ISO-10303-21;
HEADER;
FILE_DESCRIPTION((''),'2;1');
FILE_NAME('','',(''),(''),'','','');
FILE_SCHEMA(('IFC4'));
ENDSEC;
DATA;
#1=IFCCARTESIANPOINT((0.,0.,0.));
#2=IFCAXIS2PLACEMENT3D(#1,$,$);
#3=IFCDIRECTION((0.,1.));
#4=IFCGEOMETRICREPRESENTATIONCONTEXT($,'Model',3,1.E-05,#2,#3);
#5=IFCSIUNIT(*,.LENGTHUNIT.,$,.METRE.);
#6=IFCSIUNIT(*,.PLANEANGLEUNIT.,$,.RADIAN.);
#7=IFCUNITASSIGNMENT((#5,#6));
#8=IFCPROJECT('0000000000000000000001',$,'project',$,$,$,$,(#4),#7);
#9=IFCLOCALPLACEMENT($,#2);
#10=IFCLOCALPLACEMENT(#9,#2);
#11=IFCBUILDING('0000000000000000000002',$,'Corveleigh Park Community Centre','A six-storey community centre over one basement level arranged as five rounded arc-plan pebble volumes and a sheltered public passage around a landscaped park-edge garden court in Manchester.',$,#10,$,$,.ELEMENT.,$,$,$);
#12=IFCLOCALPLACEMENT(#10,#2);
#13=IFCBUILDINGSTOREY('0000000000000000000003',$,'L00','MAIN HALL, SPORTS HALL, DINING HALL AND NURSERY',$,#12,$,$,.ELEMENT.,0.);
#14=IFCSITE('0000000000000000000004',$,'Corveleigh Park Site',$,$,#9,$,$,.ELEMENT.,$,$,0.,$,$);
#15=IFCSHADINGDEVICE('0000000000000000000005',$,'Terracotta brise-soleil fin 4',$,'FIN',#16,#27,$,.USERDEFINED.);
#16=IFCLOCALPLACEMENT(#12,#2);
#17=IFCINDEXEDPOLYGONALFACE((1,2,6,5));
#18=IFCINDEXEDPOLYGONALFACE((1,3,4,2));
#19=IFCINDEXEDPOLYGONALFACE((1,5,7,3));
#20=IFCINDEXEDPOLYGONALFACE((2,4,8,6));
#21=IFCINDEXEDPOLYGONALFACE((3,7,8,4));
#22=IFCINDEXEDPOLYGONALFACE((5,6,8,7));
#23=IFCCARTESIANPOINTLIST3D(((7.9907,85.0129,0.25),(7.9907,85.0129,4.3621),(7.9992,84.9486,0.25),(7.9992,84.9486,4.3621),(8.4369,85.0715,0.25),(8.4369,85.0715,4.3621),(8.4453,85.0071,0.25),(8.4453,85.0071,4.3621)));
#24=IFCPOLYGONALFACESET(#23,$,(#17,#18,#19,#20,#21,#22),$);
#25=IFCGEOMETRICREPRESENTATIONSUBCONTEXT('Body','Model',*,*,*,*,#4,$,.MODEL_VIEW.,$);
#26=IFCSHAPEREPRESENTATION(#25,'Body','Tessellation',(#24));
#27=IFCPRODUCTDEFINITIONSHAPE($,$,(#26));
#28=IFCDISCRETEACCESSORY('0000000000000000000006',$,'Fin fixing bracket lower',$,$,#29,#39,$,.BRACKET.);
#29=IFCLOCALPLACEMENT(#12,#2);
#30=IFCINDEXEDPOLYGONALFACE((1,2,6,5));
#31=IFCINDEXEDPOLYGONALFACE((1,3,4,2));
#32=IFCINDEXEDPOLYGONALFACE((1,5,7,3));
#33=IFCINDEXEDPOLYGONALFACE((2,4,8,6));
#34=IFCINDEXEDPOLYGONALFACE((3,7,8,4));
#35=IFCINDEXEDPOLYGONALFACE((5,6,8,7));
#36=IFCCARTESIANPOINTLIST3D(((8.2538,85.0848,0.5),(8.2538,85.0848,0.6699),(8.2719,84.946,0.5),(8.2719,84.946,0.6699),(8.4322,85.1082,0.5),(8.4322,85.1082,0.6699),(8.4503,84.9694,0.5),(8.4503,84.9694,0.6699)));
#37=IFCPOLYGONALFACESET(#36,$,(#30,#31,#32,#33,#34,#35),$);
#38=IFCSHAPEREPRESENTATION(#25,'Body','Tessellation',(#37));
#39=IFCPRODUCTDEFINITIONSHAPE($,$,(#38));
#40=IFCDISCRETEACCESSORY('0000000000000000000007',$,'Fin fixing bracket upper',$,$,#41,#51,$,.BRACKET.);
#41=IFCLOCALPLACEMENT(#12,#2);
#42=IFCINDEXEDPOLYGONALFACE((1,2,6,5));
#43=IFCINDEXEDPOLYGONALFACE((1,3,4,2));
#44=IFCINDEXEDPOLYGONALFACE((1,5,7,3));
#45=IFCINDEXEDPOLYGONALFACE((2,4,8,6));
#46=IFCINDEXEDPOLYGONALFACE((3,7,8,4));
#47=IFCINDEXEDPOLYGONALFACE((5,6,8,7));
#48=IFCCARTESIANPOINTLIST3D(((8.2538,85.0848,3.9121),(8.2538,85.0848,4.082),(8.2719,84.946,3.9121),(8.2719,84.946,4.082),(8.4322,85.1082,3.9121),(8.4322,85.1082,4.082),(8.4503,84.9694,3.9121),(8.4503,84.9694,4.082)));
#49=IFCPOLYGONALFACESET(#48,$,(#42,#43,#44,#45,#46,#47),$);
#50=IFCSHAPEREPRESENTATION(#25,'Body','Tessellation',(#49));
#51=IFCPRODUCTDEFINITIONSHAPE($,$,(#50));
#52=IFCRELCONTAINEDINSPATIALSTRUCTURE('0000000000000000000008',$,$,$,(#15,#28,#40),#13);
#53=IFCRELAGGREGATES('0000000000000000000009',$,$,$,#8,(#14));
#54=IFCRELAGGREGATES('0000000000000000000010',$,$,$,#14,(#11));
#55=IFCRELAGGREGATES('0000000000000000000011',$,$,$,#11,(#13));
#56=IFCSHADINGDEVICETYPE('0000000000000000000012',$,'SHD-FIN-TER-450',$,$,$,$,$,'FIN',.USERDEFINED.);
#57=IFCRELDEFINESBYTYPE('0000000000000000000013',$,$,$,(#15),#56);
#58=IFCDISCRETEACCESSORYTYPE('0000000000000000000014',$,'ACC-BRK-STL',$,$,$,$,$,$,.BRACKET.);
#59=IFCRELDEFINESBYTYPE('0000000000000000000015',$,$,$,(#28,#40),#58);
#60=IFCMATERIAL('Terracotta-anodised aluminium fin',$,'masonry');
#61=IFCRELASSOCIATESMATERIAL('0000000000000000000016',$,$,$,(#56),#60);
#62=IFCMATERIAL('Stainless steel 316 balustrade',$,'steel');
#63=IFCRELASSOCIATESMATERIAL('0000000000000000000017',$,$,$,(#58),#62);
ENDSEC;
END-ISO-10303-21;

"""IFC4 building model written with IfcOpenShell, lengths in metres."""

from ifc_helpers import new_model, si_unit, direction, frame, origin, origin_2d, place, context, subcontext, project, spatial, rectangle, extrude, material, type_object, element, save


model = new_model("IFC4")

# Units and contexts
model_context = context("Model", 3, precision=1e-05, world=origin(), true_north=direction((0.0, 1.0)))
body_context = subcontext(model_context, "Body", "Model", "MODEL_VIEW")
ifc_project = project(units=[si_unit("LENGTHUNIT", "METRE"), si_unit("PLANEANGLEUNIT", "RADIAN")], contexts=[model_context])

# Site, building, storey
site_placement = place(None, origin())
site = spatial("IfcSite", under=ifc_project, at=site_placement, Name="Corveleigh Park Site", CompositionType="ELEMENT", RefElevation=0.0)
building_placement = place(site_placement, origin())
building = spatial("IfcBuilding", under=site, at=building_placement, Name="Corveleigh Park Community Centre", Description="A six-storey community centre over one basement level arranged as five rounded arc-plan pebble volumes and a sheltered public passage around a landscaped park-edge garden court in Manchester.", CompositionType="ELEMENT")
storey_placement = place(building_placement, origin())
storey = spatial("IfcBuildingStorey", under=building, at=storey_placement, Name="L00", Description="MAIN HALL, SPORTS HALL, DINING HALL AND NURSERY", CompositionType="ELEMENT", Elevation=0.0)

# Shading device
ifc_material_1 = material(Name="Terracotta-anodised aluminium fin", Category="masonry")
shading_device_type = type_object("IfcShadingDeviceType", Name="SHD-FIN-TER-450", ElementType="FIN", PredefinedType="USERDEFINED", material=ifc_material_1)
shading_device_placement = place(storey_placement, frame((8.218, 85.01, 0.25), z_axis=(0.0, 0.0, 1.0), x_axis=(-0.991509, -0.130041, 0.0)))
element("IfcShadingDevice", 1, at=shading_device_placement, inside=storey, type_object=shading_device_type, Name="Terracotta brise-soleil fin 4", ObjectType="FIN", PredefinedType="USERDEFINED", context=body_context, shape_type="SweptSolid", body=[
    extrude(rectangle(XDim=0.45, YDim=0.0649, at=origin_2d()), origin(), (0.0, 0.0, 1.0), 4.1121),
])

# Discrete accessories
ifc_material_2 = material(Name="Stainless steel 316 balustrade", Category="steel")
discrete_accessory_type = type_object("IfcDiscreteAccessoryType", Name="ACC-BRK-STL", PredefinedType="BRACKET", material=ifc_material_2)
for number, where, z_axis, x_axis, name in (
    (2, (8.3521, 85.0271, 0.5), (0.0, 0.0, 1.0), (-0.991509, -0.130041, 0.0), "Fin fixing bracket lower"),
    (3, (8.3521, 85.0271, 3.9121), (0.0, 0.0, 1.0), (-0.991509, -0.130041, 0.0), "Fin fixing bracket upper"),
):
    element("IfcDiscreteAccessory", number, at=place(storey_placement, frame(where, z_axis=z_axis, x_axis=x_axis)), inside=storey, type_object=discrete_accessory_type, Name=name, PredefinedType="BRACKET", context=body_context, shape_type="SweptSolid", body=[
        extrude(rectangle(XDim=0.1799, YDim=0.1399, at=origin_2d()), origin(), (0.0, 0.0, 1.0), 0.1699),
    ])

save(model, "model.ifc")
